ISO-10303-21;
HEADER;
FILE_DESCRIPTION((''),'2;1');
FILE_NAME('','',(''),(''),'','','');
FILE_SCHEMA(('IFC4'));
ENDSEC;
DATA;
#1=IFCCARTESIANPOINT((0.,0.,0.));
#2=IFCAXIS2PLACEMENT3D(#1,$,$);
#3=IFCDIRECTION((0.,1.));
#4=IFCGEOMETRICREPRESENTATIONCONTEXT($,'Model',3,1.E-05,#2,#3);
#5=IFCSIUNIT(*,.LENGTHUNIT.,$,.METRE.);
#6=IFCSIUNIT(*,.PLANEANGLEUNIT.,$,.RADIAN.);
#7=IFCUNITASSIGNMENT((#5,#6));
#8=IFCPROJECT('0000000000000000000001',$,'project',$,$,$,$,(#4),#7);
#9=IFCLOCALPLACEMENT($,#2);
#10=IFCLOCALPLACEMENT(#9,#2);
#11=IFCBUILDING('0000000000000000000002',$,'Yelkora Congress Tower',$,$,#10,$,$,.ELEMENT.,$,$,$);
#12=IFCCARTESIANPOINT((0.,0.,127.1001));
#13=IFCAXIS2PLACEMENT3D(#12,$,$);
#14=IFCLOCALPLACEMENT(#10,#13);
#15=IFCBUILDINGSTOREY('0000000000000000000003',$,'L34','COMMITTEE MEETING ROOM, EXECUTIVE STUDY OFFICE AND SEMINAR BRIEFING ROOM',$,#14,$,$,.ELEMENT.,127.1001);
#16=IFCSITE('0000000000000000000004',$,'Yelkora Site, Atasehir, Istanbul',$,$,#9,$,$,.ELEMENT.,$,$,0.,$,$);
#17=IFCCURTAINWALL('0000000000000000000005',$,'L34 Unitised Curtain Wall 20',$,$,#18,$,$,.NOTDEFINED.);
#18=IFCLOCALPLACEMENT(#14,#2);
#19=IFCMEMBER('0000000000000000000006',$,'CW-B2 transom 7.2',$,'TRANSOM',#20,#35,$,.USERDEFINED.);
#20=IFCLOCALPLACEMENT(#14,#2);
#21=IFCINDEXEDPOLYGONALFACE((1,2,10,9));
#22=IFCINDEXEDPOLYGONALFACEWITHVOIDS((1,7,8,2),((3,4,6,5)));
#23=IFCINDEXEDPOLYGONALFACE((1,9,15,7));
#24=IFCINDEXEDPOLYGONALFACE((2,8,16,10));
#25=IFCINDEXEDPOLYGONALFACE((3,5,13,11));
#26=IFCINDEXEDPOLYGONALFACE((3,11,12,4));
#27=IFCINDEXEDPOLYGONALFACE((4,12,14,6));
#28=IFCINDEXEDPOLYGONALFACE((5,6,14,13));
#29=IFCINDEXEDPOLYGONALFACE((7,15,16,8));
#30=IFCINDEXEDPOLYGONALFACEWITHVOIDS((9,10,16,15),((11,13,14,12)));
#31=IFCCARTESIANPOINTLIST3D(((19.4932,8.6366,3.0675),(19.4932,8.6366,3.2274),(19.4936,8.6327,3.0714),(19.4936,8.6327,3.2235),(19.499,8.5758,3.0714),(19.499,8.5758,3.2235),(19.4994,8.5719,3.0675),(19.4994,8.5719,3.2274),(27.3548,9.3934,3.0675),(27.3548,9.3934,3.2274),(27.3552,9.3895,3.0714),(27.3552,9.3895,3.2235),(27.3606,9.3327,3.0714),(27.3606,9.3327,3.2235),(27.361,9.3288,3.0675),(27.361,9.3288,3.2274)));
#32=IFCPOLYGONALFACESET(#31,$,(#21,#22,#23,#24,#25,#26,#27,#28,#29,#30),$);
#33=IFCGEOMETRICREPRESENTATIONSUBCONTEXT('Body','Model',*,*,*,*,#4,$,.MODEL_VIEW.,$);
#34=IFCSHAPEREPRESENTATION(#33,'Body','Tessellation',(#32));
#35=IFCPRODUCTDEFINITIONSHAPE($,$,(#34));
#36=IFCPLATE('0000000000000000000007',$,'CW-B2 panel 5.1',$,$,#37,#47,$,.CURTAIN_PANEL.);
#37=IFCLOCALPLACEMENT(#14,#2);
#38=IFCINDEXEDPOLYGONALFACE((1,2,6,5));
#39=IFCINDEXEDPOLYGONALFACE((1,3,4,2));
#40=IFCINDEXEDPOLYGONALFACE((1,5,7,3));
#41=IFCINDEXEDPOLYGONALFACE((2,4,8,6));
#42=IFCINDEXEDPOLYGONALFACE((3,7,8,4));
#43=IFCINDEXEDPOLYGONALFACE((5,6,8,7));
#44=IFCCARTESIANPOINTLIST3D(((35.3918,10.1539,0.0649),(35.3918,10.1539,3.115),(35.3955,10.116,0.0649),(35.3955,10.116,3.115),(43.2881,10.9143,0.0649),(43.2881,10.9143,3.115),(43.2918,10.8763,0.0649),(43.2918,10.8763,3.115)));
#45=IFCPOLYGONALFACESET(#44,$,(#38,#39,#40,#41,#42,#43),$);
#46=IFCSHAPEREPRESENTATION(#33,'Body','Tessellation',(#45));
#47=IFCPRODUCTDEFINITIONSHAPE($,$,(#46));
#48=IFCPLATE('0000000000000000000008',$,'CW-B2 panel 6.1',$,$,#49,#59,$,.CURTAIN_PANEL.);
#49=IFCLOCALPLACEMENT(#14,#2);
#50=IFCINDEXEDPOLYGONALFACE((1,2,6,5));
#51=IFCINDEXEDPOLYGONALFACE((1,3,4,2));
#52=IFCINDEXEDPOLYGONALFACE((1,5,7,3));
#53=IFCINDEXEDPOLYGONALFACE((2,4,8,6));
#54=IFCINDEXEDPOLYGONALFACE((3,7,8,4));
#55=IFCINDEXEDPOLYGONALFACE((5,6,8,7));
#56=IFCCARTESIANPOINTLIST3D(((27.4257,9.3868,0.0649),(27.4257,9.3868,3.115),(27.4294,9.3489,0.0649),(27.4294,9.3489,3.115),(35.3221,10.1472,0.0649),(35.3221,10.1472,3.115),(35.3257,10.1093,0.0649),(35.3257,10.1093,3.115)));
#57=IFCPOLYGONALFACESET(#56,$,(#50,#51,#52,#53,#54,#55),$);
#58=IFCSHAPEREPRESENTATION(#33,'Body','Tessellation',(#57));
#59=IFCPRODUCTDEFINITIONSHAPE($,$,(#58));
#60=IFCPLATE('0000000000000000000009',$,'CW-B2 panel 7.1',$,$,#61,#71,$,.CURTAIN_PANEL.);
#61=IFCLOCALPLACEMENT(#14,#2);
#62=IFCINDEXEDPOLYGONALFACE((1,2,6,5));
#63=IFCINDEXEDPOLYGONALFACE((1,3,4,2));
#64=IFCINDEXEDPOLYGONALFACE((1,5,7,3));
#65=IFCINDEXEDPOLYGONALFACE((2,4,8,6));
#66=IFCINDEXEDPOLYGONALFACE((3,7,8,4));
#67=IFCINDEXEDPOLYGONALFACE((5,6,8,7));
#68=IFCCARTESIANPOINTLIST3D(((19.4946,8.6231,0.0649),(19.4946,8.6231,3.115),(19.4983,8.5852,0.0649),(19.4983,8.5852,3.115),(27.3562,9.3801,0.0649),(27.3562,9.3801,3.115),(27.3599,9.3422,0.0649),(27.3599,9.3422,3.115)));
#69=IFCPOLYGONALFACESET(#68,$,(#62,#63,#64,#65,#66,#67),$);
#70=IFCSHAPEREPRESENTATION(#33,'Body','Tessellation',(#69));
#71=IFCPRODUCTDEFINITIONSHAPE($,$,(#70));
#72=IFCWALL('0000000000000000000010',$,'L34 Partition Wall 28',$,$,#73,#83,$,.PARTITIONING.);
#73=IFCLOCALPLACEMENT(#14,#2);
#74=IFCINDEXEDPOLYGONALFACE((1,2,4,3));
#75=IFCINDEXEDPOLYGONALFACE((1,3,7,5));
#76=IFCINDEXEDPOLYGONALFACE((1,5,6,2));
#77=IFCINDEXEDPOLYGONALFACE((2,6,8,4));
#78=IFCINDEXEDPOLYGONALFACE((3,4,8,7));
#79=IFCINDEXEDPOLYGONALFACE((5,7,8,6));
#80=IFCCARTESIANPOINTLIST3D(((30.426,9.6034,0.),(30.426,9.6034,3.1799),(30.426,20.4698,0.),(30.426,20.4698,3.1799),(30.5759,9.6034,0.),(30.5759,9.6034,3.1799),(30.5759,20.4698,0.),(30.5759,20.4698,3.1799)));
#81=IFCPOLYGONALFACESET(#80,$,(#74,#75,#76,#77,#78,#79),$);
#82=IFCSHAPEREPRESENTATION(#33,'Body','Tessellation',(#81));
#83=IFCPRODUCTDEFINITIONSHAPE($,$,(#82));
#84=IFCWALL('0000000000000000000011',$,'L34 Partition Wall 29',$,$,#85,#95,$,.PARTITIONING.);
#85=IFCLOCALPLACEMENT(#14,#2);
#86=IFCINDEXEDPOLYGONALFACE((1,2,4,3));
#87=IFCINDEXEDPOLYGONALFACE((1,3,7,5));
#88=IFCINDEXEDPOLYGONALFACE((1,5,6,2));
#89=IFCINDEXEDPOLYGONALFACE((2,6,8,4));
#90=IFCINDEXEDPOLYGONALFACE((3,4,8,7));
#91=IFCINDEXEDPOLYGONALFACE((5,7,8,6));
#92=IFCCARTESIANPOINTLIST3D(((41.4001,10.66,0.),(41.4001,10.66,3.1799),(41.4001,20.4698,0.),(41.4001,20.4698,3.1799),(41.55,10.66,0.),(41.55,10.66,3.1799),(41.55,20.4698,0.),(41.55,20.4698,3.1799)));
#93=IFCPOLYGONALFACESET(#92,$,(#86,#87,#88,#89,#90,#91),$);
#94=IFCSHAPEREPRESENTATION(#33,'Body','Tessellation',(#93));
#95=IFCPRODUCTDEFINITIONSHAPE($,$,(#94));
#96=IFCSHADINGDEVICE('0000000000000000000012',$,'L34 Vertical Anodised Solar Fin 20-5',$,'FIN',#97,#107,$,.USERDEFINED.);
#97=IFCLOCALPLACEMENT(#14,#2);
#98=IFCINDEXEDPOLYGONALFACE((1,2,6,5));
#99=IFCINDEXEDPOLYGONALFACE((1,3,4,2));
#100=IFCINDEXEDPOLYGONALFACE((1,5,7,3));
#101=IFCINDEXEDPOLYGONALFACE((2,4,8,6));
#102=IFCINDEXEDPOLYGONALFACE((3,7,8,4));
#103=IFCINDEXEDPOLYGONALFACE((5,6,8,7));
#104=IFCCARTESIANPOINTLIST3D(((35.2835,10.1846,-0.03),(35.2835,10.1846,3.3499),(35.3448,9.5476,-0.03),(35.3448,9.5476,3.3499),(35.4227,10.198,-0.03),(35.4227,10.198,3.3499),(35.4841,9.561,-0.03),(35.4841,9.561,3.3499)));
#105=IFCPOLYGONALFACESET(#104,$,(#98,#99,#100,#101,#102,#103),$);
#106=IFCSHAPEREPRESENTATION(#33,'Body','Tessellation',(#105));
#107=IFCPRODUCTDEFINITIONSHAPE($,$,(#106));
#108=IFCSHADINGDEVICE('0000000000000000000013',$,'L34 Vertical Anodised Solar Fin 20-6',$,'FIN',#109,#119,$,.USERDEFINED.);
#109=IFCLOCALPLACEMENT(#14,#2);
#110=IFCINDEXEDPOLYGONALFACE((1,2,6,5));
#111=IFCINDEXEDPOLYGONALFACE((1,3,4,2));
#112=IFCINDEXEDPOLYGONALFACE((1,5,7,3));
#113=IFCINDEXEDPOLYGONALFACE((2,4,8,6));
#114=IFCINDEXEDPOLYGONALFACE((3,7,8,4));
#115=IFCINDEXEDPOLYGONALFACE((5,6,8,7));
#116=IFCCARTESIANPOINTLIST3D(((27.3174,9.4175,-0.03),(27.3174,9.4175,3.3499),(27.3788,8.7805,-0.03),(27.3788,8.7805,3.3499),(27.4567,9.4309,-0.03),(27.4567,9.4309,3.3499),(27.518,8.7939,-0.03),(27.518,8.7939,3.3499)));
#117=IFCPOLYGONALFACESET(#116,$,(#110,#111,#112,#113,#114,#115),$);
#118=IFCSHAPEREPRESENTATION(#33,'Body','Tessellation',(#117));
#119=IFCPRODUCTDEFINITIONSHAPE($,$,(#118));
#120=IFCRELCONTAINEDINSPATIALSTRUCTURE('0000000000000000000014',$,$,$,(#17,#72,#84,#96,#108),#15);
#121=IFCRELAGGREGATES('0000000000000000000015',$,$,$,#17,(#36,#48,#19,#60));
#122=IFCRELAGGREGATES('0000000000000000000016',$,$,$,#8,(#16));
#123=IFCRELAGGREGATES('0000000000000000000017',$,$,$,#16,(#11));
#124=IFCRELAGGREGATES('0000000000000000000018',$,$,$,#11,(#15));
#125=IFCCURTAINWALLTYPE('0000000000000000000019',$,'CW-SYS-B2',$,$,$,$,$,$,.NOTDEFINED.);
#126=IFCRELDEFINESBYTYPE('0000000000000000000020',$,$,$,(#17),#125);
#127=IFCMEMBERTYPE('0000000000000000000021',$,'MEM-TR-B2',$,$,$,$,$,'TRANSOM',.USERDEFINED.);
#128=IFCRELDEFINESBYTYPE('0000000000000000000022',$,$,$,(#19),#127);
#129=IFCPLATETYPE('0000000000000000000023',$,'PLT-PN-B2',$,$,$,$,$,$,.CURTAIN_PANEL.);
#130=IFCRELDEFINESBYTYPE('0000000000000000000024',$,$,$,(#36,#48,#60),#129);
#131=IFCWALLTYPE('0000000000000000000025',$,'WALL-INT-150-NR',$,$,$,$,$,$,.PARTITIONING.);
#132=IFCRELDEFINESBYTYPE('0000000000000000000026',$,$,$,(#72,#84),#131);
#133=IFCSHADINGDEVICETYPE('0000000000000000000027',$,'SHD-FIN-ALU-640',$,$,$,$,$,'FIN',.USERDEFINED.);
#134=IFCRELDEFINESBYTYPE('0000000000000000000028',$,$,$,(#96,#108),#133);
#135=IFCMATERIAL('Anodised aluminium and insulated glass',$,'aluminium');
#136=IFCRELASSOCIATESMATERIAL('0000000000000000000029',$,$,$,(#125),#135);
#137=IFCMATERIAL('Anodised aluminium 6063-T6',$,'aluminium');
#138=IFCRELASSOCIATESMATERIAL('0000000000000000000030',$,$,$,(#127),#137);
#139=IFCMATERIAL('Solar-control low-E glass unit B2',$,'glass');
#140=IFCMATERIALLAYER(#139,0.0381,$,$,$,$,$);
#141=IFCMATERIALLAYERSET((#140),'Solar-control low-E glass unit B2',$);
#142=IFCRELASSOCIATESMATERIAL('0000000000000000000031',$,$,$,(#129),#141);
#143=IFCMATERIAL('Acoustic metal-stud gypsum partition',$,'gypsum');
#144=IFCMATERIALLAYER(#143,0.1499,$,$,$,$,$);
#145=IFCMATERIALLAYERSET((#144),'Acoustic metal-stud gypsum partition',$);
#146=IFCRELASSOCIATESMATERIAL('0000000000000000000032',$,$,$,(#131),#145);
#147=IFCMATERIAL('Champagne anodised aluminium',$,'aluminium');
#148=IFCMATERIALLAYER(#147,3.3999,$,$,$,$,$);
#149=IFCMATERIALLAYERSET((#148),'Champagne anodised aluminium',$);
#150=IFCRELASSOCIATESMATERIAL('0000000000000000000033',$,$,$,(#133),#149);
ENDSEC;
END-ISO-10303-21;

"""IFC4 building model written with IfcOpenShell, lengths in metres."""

from ifc_helpers import new_model, si_unit, direction, frame, frame_2d, origin, origin_2d, place, context, subcontext, project, spatial, rectangle, hollow_rectangle, extrude, material, layer, layer_set, material_profile, profile_set, type_object, element, aggregate, save


model = new_model("IFC4")

# Units and contexts
model_context = context("Model", 3, precision=1e-05, world=origin(), true_north=direction((0.0, 1.0)))
body_context = subcontext(model_context, "Body", "Model", "MODEL_VIEW")
ifc_project = project(units=[si_unit("LENGTHUNIT", "METRE"), si_unit("PLANEANGLEUNIT", "RADIAN")], contexts=[model_context])

# Site, building, storey
site_placement = place(None, origin())
site = spatial("IfcSite", under=ifc_project, at=site_placement, Name="Yelkora Site, Atasehir, Istanbul", CompositionType="ELEMENT", RefElevation=0.0)
building_placement = place(site_placement, origin())
building = spatial("IfcBuilding", under=site, at=building_placement, Name="Yelkora Congress Tower", CompositionType="ELEMENT")
storey_placement = place(building_placement, frame((0.0, 0.0, 127.1001)))
storey = spatial("IfcBuildingStorey", under=building, at=storey_placement, Name="L34", Description="COMMITTEE MEETING ROOM, EXECUTIVE STUDY OFFICE AND SEMINAR BRIEFING ROOM", CompositionType="ELEMENT", Elevation=127.1001)

# Curtain wall, member, plates
ifc_material_1 = material(Name="Anodised aluminium and insulated glass", Category="aluminium")
curtain_wall_type = type_object("IfcCurtainWallType", Name="CW-SYS-B2", PredefinedType="NOTDEFINED", material=ifc_material_1)
curtain_wall_placement = place(storey_placement, origin())
curtain_wall = element("IfcCurtainWall", 1, at=curtain_wall_placement, inside=storey, type_object=curtain_wall_type, Name="L34 Unitised Curtain Wall 20", PredefinedType="NOTDEFINED")
ifc_material_2 = material(Name="Anodised aluminium 6063-T6", Category="aluminium")
ifc_material_profile_1 = material_profile(ifc_material_2, hollow_rectangle(XDim=0.0649, YDim=0.1599, WallThickness=0.0039, at=origin_2d()), Name="ALU 65x160x4")
ifc_profile_set_1 = profile_set([ifc_material_profile_1], Name="Anodised aluminium 6063-T6")
member_type_1 = type_object("IfcMemberType", Name="MEM-TR-B2", ElementType="TRANSOM", PredefinedType="USERDEFINED", material=ifc_profile_set_1)
member_1_placement = place(storey_placement, frame((27.3579, 9.3611, 3.1475), z_axis=(-0.995398, -0.095827, 0.0), x_axis=(0.095827, -0.995398, 0.0)))
member_1 = element("IfcMember", 2, at=member_1_placement, type_object=member_type_1, Name="CW-B2 transom 7.2", ObjectType="TRANSOM", PredefinedType="USERDEFINED", context=body_context, shape_type="SweptSolid", body=[
    extrude(hollow_rectangle(XDim=0.0649, YDim=0.1599, WallThickness=0.0039, at=origin_2d()), origin(), (0.0, 0.0, 1.0), 7.8979),
])
ifc_material_3 = material(Name="Solar-control low-E glass unit B2", Category="glass")
ifc_layer_1 = layer(ifc_material_3, 0.0381)
ifc_layer_set_1 = layer_set([ifc_layer_1], Name="Solar-control low-E glass unit B2")
plate_type = type_object("IfcPlateType", Name="PLT-PN-B2", PredefinedType="CURTAIN_PANEL", material=ifc_layer_set_1)
plate_1_placement = place(storey_placement, frame((39.3418, 10.5151, 0.0649), z_axis=(0.0, 0.0, 1.0), x_axis=(-0.995396, -0.095844, 0.0)))
plate_1 = element("IfcPlate", 3, at=plate_1_placement, type_object=plate_type, Name="CW-B2 panel 5.1", PredefinedType="CURTAIN_PANEL", context=body_context, shape_type="SweptSolid", body=[
    extrude(rectangle(XDim=7.9329, YDim=0.0381, at=origin_2d()), origin(), (0.0, 0.0, 1.0), 3.05),
])
plate_2_placement = place(storey_placement, frame((31.3757, 9.748, 0.0649), z_axis=(0.0, 0.0, 1.0), x_axis=(-0.995396, -0.095844, 0.0)))
plate_2 = element("IfcPlate", 4, at=plate_2_placement, type_object=plate_type, Name="CW-B2 panel 6.1", PredefinedType="CURTAIN_PANEL", context=body_context, shape_type="SweptSolid", body=[
    extrude(rectangle(XDim=7.9329, YDim=0.0381, at=origin_2d()), origin(), (0.0, 0.0, 1.0), 3.05),
])
plate_3_placement = place(storey_placement, frame((23.4272, 8.9827, 0.0649), z_axis=(0.0, 0.0, 1.0), x_axis=(-0.995396, -0.095844, 0.0)))
plate_3 = element("IfcPlate", 5, at=plate_3_placement, type_object=plate_type, Name="CW-B2 panel 7.1", PredefinedType="CURTAIN_PANEL", context=body_context, shape_type="SweptSolid", body=[
    extrude(rectangle(XDim=7.8979, YDim=0.0381, at=origin_2d()), origin(), (0.0, 0.0, 1.0), 3.05),
])
aggregate(curtain_wall, [plate_1, plate_2, member_1, plate_3])

# Walls
ifc_material_4 = material(Name="Acoustic metal-stud gypsum partition", Category="gypsum")
ifc_layer_2 = layer(ifc_material_4, 0.1499)
ifc_layer_set_2 = layer_set([ifc_layer_2], Name="Acoustic metal-stud gypsum partition")
wall_type = type_object("IfcWallType", Name="WALL-INT-150-NR", PredefinedType="PARTITIONING", material=ifc_layer_set_2)
wall_1_placement = place(storey_placement, frame((30.501, 9.6035, 0.0), z_axis=(0.0, 0.0, 1.0), x_axis=(0.0, 1.0, 0.0)))
element("IfcWall", 6, at=wall_1_placement, inside=storey, type_object=wall_type, Name="L34 Partition Wall 28", PredefinedType="PARTITIONING", context=body_context, shape_type="SweptSolid", body=[
    extrude(rectangle(XDim=10.8665, YDim=0.1499, at=frame_2d((5.4331, 0.0))), origin(), (0.0, 0.0, 1.0), 3.1799),
])
wall_2_placement = place(storey_placement, frame((41.4751, 10.6602, 0.0), z_axis=(0.0, 0.0, 1.0), x_axis=(0.0, 1.0, 0.0)))
element("IfcWall", 7, at=wall_2_placement, inside=storey, type_object=wall_type, Name="L34 Partition Wall 29", PredefinedType="PARTITIONING", context=body_context, shape_type="SweptSolid", body=[
    extrude(rectangle(XDim=9.8098, YDim=0.1499, at=frame_2d((4.9048, 0.0))), origin(), (0.0, 0.0, 1.0), 3.1799),
])

# Shading devices
ifc_material_5 = material(Name="Champagne anodised aluminium", Category="aluminium")
ifc_layer_3 = layer(ifc_material_5, 3.3999)
ifc_layer_set_3 = layer_set([ifc_layer_3], Name="Champagne anodised aluminium")
shading_device_type = type_object("IfcShadingDeviceType", Name="SHD-FIN-ALU-640", ElementType="FIN", PredefinedType="USERDEFINED", material=ifc_layer_set_3)
for number, where, z_axis, x_axis, name in (
    (8, (35.3838, 9.8728, -0.03), (0.0, 0.0, 1.0), (-0.995396, -0.095846, 0.0), "L34 Vertical Anodised Solar Fin 20-5"),
    (9, (27.4177, 9.1057, -0.03), (0.0, 0.0, 1.0), (-0.995396, -0.095846, 0.0), "L34 Vertical Anodised Solar Fin 20-6"),
):
    element("IfcShadingDevice", number, at=place(storey_placement, frame(where, z_axis=z_axis, x_axis=x_axis)), inside=storey, type_object=shading_device_type, Name=name, ObjectType="FIN", PredefinedType="USERDEFINED", context=body_context, shape_type="SweptSolid", body=[
        extrude(rectangle(XDim=0.1399, YDim=0.6399, at=origin_2d()), origin(), (0.0, 0.0, 1.0), 3.3799),
    ])

save(model, "model.ifc")
